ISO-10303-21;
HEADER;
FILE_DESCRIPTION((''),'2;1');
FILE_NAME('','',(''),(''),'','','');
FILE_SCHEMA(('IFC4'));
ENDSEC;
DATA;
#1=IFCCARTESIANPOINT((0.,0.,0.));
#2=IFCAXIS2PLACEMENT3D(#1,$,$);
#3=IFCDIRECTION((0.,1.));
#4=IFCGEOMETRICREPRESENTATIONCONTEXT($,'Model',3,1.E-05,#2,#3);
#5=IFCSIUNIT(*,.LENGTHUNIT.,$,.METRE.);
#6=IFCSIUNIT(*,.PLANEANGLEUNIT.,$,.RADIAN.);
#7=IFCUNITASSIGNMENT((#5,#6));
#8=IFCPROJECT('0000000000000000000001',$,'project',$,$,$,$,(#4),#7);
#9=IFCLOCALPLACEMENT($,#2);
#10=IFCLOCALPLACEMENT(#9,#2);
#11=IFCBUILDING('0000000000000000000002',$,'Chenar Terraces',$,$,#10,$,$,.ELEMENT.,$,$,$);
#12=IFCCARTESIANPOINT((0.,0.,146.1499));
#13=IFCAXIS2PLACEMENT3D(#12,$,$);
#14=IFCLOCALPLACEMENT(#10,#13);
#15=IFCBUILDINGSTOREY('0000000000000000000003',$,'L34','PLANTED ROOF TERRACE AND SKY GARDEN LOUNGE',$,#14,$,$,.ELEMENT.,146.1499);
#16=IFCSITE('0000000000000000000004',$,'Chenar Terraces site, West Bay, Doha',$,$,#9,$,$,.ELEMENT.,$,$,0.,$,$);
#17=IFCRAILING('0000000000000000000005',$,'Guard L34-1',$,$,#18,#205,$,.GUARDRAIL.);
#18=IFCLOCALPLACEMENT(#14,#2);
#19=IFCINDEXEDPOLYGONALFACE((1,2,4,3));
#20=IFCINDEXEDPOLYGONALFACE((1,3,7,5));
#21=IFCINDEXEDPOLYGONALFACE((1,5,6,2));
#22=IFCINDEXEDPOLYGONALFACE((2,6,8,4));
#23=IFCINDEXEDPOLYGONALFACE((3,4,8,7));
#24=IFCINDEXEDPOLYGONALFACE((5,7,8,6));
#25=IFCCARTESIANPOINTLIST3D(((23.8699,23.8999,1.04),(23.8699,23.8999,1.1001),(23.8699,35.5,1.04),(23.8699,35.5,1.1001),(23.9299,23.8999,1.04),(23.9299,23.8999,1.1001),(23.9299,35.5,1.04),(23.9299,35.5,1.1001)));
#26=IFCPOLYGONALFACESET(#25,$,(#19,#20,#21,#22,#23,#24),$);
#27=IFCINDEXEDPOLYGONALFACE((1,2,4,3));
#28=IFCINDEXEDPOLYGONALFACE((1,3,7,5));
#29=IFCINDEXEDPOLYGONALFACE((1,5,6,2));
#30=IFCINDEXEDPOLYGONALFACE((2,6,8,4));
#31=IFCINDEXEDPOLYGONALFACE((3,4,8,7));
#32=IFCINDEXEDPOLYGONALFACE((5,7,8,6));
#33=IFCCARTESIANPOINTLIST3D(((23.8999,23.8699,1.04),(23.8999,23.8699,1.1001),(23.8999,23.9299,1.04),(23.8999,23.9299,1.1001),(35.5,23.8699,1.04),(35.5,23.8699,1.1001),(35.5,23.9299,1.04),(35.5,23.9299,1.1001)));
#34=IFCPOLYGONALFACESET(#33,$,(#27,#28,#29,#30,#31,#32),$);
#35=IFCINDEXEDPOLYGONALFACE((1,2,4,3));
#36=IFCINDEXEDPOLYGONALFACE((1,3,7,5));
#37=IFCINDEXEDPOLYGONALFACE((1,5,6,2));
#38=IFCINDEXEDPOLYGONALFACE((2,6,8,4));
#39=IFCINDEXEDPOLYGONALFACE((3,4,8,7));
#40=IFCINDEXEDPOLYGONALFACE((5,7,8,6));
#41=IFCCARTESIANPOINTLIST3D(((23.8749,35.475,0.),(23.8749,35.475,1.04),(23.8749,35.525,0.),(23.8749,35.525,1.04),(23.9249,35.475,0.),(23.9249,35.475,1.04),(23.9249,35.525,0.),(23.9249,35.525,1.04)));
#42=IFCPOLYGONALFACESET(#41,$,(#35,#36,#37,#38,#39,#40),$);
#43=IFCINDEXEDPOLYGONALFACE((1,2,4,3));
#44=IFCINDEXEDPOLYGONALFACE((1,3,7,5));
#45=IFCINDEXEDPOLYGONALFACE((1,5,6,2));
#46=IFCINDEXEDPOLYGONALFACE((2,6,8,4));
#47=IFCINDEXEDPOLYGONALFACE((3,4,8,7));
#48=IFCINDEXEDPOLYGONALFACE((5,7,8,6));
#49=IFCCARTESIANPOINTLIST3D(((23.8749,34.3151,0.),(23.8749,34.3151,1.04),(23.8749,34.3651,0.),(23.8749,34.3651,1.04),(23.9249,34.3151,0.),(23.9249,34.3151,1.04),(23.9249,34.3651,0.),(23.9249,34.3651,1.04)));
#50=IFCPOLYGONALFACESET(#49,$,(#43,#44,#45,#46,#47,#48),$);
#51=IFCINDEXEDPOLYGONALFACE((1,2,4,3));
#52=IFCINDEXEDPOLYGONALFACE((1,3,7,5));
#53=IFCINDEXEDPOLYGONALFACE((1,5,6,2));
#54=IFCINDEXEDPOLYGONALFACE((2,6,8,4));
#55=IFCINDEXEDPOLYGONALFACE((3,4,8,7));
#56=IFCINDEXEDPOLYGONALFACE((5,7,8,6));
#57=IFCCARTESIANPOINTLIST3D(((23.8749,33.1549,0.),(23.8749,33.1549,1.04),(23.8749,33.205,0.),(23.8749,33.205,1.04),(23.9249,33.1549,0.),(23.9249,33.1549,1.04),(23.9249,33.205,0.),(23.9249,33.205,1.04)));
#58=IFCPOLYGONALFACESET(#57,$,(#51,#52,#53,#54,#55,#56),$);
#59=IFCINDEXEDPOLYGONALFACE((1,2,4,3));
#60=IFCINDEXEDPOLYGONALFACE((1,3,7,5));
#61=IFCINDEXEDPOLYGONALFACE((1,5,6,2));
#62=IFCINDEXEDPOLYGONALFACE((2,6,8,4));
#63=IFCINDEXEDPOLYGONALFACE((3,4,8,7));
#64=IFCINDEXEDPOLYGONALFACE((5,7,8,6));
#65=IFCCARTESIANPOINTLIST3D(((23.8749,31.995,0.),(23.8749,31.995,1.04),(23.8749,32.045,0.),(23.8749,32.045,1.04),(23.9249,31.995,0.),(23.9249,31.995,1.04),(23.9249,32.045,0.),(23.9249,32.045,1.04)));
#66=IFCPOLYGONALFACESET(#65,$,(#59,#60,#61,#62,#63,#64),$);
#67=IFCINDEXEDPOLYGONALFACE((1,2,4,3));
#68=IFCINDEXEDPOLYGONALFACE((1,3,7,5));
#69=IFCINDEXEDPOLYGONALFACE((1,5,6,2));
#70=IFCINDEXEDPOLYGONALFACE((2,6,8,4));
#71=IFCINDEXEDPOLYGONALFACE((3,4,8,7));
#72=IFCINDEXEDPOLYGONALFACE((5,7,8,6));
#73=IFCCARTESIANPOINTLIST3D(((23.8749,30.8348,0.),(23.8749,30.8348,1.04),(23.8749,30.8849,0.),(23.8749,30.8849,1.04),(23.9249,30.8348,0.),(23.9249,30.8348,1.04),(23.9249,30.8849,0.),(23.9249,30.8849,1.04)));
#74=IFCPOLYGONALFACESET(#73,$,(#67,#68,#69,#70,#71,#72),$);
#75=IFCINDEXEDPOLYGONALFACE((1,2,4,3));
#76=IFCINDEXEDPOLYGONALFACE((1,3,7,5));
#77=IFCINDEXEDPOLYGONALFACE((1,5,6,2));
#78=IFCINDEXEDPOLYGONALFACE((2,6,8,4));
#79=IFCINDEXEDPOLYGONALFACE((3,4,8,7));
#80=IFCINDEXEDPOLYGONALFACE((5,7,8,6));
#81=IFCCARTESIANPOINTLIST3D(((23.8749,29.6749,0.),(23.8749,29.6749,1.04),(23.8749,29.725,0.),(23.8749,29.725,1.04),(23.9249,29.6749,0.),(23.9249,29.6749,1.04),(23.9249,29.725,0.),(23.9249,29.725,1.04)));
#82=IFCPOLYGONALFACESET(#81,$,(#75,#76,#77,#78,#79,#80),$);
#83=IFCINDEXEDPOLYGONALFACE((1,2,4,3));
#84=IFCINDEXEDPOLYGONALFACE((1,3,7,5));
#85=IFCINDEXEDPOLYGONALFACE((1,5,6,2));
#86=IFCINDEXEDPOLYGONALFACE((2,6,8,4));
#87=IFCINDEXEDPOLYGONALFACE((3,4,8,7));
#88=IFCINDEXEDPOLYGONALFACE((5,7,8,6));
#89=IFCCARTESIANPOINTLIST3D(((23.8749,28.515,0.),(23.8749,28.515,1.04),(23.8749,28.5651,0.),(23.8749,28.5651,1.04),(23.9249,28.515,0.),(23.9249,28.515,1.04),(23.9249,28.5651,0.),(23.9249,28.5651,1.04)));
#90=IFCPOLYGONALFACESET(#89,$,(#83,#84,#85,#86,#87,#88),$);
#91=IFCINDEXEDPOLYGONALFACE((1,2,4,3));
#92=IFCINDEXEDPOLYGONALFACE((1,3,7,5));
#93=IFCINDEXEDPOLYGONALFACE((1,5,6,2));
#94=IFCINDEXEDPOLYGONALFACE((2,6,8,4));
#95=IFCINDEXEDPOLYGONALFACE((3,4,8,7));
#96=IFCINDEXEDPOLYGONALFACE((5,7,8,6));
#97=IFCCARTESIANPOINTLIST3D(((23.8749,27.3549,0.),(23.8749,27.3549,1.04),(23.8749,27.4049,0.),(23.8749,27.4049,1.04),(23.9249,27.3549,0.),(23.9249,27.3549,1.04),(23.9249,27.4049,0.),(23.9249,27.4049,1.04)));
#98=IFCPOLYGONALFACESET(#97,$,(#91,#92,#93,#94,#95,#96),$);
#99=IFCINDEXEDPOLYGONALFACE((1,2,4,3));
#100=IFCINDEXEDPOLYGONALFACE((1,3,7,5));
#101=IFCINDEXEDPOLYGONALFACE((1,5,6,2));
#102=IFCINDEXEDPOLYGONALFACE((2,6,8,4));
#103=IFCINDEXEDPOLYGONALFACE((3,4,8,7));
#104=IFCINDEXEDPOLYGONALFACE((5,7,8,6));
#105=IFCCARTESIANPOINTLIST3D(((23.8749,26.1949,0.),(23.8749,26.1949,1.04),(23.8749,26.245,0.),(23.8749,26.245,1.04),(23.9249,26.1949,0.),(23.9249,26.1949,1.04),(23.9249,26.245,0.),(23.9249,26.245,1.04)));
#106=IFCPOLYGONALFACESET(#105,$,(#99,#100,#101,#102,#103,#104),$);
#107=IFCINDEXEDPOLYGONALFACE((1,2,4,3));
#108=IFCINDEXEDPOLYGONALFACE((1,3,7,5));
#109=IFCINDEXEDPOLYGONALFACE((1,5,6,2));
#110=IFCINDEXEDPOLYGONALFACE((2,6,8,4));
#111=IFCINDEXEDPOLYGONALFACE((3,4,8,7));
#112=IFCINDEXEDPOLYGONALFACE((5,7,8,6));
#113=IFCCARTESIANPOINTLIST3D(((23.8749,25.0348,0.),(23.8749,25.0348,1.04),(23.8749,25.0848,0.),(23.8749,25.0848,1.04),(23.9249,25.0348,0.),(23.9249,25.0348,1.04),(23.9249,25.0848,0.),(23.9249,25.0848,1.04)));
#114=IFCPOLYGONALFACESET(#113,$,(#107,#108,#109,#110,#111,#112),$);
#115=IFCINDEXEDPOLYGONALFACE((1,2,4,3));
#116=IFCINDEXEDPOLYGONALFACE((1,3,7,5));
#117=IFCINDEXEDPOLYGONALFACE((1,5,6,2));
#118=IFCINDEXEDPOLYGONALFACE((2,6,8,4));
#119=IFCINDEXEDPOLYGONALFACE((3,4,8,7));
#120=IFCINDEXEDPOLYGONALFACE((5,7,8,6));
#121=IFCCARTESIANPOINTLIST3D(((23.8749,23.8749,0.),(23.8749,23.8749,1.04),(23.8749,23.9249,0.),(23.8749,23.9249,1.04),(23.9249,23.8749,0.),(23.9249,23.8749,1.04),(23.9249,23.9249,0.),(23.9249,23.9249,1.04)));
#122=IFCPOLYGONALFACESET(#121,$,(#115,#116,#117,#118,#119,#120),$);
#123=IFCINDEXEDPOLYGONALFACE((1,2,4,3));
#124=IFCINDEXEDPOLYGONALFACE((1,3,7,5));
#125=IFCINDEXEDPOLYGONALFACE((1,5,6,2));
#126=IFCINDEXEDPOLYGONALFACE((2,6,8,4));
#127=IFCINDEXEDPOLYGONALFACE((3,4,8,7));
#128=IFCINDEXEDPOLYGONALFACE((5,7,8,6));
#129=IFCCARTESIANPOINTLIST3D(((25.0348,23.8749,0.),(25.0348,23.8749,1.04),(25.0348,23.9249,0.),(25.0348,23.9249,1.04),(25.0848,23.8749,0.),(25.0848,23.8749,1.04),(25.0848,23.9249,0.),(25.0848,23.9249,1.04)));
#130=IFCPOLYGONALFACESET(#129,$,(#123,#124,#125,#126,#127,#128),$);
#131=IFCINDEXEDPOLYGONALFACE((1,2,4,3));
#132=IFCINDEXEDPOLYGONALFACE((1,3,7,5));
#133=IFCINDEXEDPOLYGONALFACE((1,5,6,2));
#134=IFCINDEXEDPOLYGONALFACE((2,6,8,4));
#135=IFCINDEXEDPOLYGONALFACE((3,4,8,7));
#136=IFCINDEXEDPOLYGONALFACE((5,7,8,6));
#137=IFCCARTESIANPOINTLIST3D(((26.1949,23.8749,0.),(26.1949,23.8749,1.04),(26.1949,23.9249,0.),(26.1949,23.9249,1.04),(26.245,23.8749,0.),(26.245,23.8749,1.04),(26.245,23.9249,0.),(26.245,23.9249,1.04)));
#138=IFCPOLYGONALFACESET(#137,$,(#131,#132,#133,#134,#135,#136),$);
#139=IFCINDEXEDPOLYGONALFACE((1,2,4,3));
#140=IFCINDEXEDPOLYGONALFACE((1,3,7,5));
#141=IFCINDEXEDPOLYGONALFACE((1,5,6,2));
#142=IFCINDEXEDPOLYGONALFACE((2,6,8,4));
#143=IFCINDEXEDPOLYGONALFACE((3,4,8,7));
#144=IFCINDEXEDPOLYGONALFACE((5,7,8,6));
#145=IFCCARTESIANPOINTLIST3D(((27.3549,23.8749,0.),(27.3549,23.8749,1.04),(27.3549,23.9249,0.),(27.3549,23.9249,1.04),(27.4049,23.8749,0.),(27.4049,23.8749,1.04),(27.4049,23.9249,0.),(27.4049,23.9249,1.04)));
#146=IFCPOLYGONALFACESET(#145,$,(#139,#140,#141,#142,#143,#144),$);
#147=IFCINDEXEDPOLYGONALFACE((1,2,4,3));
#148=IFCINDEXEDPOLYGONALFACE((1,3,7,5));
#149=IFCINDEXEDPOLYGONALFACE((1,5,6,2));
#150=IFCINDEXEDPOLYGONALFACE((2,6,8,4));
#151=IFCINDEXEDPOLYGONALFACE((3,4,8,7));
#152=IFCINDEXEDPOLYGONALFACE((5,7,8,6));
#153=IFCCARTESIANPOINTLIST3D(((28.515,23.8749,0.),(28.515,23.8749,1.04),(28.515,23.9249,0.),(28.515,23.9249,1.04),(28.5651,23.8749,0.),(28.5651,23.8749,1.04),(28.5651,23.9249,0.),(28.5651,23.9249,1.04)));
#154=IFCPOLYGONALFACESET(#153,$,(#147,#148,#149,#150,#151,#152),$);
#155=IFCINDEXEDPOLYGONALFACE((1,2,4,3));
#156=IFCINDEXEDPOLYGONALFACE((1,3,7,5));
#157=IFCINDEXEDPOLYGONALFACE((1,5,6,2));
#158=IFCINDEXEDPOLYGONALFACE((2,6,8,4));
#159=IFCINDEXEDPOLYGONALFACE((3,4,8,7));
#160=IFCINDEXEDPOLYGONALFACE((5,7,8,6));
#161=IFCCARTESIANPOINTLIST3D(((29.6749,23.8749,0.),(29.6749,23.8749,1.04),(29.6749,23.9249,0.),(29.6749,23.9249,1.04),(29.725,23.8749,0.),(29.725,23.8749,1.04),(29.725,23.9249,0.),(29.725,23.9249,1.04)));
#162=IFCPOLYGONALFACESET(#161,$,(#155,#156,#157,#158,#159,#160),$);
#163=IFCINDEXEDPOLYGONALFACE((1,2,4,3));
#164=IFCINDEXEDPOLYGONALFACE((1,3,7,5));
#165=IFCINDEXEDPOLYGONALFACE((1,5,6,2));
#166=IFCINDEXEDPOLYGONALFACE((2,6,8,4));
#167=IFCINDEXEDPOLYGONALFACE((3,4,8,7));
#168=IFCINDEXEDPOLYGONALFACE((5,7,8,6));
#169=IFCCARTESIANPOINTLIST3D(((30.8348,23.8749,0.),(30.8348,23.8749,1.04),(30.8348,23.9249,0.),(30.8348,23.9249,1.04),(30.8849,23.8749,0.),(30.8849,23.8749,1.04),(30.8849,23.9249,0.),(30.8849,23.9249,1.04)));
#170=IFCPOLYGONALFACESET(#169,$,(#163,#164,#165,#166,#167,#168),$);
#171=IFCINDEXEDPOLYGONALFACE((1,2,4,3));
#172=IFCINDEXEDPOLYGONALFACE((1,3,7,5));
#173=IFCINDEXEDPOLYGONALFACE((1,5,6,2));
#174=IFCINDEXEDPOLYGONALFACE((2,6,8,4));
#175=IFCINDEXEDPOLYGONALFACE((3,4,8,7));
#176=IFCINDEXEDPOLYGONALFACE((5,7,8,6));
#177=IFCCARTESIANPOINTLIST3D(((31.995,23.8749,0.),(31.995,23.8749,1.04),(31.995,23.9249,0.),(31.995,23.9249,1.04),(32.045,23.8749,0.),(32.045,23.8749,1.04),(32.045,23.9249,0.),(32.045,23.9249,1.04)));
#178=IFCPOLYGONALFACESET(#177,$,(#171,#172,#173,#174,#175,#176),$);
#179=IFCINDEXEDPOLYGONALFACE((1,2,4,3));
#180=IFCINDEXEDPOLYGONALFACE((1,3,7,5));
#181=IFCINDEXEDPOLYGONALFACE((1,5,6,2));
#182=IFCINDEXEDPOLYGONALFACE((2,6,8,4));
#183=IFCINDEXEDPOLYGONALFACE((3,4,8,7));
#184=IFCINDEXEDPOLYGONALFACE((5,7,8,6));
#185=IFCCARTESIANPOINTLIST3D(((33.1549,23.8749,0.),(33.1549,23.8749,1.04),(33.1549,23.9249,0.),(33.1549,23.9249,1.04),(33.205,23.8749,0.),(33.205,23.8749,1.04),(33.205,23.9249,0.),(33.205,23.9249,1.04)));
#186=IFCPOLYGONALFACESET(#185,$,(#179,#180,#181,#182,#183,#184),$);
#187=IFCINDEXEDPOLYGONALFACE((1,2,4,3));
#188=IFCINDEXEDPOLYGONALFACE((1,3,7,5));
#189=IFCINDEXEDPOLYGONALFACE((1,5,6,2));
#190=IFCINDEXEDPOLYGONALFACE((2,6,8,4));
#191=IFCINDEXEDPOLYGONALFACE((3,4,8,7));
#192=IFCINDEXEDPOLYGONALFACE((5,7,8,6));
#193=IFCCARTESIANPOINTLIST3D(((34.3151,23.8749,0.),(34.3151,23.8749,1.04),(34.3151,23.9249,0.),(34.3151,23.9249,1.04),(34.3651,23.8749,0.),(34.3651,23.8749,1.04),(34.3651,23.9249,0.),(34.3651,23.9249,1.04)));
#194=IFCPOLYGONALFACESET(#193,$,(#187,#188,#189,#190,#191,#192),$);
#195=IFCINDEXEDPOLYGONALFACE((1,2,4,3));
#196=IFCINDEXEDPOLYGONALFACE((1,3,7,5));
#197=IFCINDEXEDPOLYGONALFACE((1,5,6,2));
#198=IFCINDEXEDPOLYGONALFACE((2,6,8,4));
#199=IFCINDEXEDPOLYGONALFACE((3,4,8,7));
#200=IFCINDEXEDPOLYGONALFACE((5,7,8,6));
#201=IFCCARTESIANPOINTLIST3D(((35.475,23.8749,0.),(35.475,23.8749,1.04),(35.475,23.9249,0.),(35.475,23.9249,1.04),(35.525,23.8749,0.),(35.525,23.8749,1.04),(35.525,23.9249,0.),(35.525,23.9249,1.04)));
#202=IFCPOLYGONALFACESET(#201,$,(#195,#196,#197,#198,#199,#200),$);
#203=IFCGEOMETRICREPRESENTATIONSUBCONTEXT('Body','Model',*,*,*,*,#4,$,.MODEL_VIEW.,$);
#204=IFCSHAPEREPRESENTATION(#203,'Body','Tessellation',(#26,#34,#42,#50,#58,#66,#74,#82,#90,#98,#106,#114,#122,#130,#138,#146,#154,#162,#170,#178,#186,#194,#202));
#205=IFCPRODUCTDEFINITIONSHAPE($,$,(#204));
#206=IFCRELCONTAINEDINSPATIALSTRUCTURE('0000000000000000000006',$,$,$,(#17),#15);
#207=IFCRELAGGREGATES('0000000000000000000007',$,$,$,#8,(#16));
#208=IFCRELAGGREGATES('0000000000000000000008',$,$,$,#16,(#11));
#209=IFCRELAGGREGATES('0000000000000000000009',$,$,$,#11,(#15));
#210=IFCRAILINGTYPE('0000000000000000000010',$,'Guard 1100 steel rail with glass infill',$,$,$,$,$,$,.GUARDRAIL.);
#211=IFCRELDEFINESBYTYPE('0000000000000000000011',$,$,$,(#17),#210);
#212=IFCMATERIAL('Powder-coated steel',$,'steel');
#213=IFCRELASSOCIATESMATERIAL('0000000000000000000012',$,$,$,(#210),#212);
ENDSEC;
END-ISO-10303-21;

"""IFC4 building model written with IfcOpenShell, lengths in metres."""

from ifc_helpers import new_model, si_unit, direction, frame, origin, origin_2d, place, context, subcontext, project, spatial, rectangle, extrude, material, type_object, element, save


model = new_model("IFC4")

# Units and contexts
model_context = context("Model", 3, precision=1e-05, world=origin(), true_north=direction((0.0, 1.0)))
body_context = subcontext(model_context, "Body", "Model", "MODEL_VIEW")
ifc_project = project(units=[si_unit("LENGTHUNIT", "METRE"), si_unit("PLANEANGLEUNIT", "RADIAN")], contexts=[model_context])

# Site, building, storey
site_placement = place(None, origin())
site = spatial("IfcSite", under=ifc_project, at=site_placement, Name="Chenar Terraces site, West Bay, Doha", CompositionType="ELEMENT", RefElevation=0.0)
building_placement = place(site_placement, origin())
building = spatial("IfcBuilding", under=site, at=building_placement, Name="Chenar Terraces", CompositionType="ELEMENT")
storey_placement = place(building_placement, frame((0.0, 0.0, 146.1499)))
storey = spatial("IfcBuildingStorey", under=building, at=storey_placement, Name="L34", Description="PLANTED ROOF TERRACE AND SKY GARDEN LOUNGE", CompositionType="ELEMENT", Elevation=146.1499)

# Railing
ifc_material_1 = material(Name="Powder-coated steel", Category="steel")
railing_type = type_object("IfcRailingType", Name="Guard 1100 steel rail with glass infill", PredefinedType="GUARDRAIL", material=ifc_material_1)
railing_placement = place(storey_placement, frame((23.8999, 35.5, 0.0)))
element("IfcRailing", 1, at=railing_placement, inside=storey, type_object=railing_type, Name="Guard L34-1", PredefinedType="GUARDRAIL", context=body_context, shape_type="SweptSolid", body=[
    extrude(rectangle(XDim=0.0601, YDim=0.0601, at=origin_2d()), frame((0.0, 0.0, 1.0701), z_axis=(0.0, -1.0, 0.0), x_axis=(1.0, 0.0, 0.0)), (0.0, 0.0, 1.0), 11.6001),
    extrude(rectangle(XDim=0.0601, YDim=0.0601, at=origin_2d()), frame((0.0, -11.6001, 1.0701), z_axis=(1.0, 0.0, 0.0), x_axis=(0.0, 1.0, 0.0)), (0.0, 0.0, 1.0), 11.6001),
    extrude(rectangle(XDim=0.05, YDim=0.05, at=origin_2d()), origin(), (0.0, 0.0, 1.0), 1.04),
    extrude(rectangle(XDim=0.05, YDim=0.05, at=origin_2d()), frame((0.0, -1.1599, 0.0)), (0.0, 0.0, 1.0), 1.04),
    extrude(rectangle(XDim=0.05, YDim=0.05, at=origin_2d()), frame((0.0, -2.3201, 0.0)), (0.0, 0.0, 1.0), 1.04),
    extrude(rectangle(XDim=0.05, YDim=0.05, at=origin_2d()), frame((0.0, -3.48, 0.0)), (0.0, 0.0, 1.0), 1.04),
    extrude(rectangle(XDim=0.05, YDim=0.05, at=origin_2d()), frame((0.0, -4.6401, 0.0)), (0.0, 0.0, 1.0), 1.04),
    extrude(rectangle(XDim=0.05, YDim=0.05, at=origin_2d()), frame((0.0, -5.8, 0.0)), (0.0, 0.0, 1.0), 1.04),
    extrude(rectangle(XDim=0.05, YDim=0.05, at=origin_2d()), frame((0.0, -6.96, 0.0)), (0.0, 0.0, 1.0), 1.04),
    extrude(rectangle(XDim=0.05, YDim=0.05, at=origin_2d()), frame((0.0, -8.1201, 0.0)), (0.0, 0.0, 1.0), 1.04),
    extrude(rectangle(XDim=0.05, YDim=0.05, at=origin_2d()), frame((0.0, -9.28, 0.0)), (0.0, 0.0, 1.0), 1.04),
    extrude(rectangle(XDim=0.05, YDim=0.05, at=origin_2d()), frame((0.0, -10.4402, 0.0)), (0.0, 0.0, 1.0), 1.04),
    extrude(rectangle(XDim=0.05, YDim=0.05, at=origin_2d()), frame((0.0, -11.6001, 0.0)), (0.0, 0.0, 1.0), 1.04),
    extrude(rectangle(XDim=0.05, YDim=0.05, at=origin_2d()), frame((1.1599, -11.6001, 0.0)), (0.0, 0.0, 1.0), 1.04),
    extrude(rectangle(XDim=0.05, YDim=0.05, at=origin_2d()), frame((2.3201, -11.6001, 0.0)), (0.0, 0.0, 1.0), 1.04),
    extrude(rectangle(XDim=0.05, YDim=0.05, at=origin_2d()), frame((3.48, -11.6001, 0.0)), (0.0, 0.0, 1.0), 1.04),
    extrude(rectangle(XDim=0.05, YDim=0.05, at=origin_2d()), frame((4.6401, -11.6001, 0.0)), (0.0, 0.0, 1.0), 1.04),
    extrude(rectangle(XDim=0.05, YDim=0.05, at=origin_2d()), frame((5.8, -11.6001, 0.0)), (0.0, 0.0, 1.0), 1.04),
    extrude(rectangle(XDim=0.05, YDim=0.05, at=origin_2d()), frame((6.96, -11.6001, 0.0)), (0.0, 0.0, 1.0), 1.04),
    extrude(rectangle(XDim=0.05, YDim=0.05, at=origin_2d()), frame((8.1201, -11.6001, 0.0)), (0.0, 0.0, 1.0), 1.04),
    extrude(rectangle(XDim=0.05, YDim=0.05, at=origin_2d()), frame((9.28, -11.6001, 0.0)), (0.0, 0.0, 1.0), 1.04),
    extrude(rectangle(XDim=0.05, YDim=0.05, at=origin_2d()), frame((10.4402, -11.6001, 0.0)), (0.0, 0.0, 1.0), 1.04),
    extrude(rectangle(XDim=0.05, YDim=0.05, at=origin_2d()), frame((11.6001, -11.6001, 0.0)), (0.0, 0.0, 1.0), 1.04),
])

save(model, "model.ifc")
